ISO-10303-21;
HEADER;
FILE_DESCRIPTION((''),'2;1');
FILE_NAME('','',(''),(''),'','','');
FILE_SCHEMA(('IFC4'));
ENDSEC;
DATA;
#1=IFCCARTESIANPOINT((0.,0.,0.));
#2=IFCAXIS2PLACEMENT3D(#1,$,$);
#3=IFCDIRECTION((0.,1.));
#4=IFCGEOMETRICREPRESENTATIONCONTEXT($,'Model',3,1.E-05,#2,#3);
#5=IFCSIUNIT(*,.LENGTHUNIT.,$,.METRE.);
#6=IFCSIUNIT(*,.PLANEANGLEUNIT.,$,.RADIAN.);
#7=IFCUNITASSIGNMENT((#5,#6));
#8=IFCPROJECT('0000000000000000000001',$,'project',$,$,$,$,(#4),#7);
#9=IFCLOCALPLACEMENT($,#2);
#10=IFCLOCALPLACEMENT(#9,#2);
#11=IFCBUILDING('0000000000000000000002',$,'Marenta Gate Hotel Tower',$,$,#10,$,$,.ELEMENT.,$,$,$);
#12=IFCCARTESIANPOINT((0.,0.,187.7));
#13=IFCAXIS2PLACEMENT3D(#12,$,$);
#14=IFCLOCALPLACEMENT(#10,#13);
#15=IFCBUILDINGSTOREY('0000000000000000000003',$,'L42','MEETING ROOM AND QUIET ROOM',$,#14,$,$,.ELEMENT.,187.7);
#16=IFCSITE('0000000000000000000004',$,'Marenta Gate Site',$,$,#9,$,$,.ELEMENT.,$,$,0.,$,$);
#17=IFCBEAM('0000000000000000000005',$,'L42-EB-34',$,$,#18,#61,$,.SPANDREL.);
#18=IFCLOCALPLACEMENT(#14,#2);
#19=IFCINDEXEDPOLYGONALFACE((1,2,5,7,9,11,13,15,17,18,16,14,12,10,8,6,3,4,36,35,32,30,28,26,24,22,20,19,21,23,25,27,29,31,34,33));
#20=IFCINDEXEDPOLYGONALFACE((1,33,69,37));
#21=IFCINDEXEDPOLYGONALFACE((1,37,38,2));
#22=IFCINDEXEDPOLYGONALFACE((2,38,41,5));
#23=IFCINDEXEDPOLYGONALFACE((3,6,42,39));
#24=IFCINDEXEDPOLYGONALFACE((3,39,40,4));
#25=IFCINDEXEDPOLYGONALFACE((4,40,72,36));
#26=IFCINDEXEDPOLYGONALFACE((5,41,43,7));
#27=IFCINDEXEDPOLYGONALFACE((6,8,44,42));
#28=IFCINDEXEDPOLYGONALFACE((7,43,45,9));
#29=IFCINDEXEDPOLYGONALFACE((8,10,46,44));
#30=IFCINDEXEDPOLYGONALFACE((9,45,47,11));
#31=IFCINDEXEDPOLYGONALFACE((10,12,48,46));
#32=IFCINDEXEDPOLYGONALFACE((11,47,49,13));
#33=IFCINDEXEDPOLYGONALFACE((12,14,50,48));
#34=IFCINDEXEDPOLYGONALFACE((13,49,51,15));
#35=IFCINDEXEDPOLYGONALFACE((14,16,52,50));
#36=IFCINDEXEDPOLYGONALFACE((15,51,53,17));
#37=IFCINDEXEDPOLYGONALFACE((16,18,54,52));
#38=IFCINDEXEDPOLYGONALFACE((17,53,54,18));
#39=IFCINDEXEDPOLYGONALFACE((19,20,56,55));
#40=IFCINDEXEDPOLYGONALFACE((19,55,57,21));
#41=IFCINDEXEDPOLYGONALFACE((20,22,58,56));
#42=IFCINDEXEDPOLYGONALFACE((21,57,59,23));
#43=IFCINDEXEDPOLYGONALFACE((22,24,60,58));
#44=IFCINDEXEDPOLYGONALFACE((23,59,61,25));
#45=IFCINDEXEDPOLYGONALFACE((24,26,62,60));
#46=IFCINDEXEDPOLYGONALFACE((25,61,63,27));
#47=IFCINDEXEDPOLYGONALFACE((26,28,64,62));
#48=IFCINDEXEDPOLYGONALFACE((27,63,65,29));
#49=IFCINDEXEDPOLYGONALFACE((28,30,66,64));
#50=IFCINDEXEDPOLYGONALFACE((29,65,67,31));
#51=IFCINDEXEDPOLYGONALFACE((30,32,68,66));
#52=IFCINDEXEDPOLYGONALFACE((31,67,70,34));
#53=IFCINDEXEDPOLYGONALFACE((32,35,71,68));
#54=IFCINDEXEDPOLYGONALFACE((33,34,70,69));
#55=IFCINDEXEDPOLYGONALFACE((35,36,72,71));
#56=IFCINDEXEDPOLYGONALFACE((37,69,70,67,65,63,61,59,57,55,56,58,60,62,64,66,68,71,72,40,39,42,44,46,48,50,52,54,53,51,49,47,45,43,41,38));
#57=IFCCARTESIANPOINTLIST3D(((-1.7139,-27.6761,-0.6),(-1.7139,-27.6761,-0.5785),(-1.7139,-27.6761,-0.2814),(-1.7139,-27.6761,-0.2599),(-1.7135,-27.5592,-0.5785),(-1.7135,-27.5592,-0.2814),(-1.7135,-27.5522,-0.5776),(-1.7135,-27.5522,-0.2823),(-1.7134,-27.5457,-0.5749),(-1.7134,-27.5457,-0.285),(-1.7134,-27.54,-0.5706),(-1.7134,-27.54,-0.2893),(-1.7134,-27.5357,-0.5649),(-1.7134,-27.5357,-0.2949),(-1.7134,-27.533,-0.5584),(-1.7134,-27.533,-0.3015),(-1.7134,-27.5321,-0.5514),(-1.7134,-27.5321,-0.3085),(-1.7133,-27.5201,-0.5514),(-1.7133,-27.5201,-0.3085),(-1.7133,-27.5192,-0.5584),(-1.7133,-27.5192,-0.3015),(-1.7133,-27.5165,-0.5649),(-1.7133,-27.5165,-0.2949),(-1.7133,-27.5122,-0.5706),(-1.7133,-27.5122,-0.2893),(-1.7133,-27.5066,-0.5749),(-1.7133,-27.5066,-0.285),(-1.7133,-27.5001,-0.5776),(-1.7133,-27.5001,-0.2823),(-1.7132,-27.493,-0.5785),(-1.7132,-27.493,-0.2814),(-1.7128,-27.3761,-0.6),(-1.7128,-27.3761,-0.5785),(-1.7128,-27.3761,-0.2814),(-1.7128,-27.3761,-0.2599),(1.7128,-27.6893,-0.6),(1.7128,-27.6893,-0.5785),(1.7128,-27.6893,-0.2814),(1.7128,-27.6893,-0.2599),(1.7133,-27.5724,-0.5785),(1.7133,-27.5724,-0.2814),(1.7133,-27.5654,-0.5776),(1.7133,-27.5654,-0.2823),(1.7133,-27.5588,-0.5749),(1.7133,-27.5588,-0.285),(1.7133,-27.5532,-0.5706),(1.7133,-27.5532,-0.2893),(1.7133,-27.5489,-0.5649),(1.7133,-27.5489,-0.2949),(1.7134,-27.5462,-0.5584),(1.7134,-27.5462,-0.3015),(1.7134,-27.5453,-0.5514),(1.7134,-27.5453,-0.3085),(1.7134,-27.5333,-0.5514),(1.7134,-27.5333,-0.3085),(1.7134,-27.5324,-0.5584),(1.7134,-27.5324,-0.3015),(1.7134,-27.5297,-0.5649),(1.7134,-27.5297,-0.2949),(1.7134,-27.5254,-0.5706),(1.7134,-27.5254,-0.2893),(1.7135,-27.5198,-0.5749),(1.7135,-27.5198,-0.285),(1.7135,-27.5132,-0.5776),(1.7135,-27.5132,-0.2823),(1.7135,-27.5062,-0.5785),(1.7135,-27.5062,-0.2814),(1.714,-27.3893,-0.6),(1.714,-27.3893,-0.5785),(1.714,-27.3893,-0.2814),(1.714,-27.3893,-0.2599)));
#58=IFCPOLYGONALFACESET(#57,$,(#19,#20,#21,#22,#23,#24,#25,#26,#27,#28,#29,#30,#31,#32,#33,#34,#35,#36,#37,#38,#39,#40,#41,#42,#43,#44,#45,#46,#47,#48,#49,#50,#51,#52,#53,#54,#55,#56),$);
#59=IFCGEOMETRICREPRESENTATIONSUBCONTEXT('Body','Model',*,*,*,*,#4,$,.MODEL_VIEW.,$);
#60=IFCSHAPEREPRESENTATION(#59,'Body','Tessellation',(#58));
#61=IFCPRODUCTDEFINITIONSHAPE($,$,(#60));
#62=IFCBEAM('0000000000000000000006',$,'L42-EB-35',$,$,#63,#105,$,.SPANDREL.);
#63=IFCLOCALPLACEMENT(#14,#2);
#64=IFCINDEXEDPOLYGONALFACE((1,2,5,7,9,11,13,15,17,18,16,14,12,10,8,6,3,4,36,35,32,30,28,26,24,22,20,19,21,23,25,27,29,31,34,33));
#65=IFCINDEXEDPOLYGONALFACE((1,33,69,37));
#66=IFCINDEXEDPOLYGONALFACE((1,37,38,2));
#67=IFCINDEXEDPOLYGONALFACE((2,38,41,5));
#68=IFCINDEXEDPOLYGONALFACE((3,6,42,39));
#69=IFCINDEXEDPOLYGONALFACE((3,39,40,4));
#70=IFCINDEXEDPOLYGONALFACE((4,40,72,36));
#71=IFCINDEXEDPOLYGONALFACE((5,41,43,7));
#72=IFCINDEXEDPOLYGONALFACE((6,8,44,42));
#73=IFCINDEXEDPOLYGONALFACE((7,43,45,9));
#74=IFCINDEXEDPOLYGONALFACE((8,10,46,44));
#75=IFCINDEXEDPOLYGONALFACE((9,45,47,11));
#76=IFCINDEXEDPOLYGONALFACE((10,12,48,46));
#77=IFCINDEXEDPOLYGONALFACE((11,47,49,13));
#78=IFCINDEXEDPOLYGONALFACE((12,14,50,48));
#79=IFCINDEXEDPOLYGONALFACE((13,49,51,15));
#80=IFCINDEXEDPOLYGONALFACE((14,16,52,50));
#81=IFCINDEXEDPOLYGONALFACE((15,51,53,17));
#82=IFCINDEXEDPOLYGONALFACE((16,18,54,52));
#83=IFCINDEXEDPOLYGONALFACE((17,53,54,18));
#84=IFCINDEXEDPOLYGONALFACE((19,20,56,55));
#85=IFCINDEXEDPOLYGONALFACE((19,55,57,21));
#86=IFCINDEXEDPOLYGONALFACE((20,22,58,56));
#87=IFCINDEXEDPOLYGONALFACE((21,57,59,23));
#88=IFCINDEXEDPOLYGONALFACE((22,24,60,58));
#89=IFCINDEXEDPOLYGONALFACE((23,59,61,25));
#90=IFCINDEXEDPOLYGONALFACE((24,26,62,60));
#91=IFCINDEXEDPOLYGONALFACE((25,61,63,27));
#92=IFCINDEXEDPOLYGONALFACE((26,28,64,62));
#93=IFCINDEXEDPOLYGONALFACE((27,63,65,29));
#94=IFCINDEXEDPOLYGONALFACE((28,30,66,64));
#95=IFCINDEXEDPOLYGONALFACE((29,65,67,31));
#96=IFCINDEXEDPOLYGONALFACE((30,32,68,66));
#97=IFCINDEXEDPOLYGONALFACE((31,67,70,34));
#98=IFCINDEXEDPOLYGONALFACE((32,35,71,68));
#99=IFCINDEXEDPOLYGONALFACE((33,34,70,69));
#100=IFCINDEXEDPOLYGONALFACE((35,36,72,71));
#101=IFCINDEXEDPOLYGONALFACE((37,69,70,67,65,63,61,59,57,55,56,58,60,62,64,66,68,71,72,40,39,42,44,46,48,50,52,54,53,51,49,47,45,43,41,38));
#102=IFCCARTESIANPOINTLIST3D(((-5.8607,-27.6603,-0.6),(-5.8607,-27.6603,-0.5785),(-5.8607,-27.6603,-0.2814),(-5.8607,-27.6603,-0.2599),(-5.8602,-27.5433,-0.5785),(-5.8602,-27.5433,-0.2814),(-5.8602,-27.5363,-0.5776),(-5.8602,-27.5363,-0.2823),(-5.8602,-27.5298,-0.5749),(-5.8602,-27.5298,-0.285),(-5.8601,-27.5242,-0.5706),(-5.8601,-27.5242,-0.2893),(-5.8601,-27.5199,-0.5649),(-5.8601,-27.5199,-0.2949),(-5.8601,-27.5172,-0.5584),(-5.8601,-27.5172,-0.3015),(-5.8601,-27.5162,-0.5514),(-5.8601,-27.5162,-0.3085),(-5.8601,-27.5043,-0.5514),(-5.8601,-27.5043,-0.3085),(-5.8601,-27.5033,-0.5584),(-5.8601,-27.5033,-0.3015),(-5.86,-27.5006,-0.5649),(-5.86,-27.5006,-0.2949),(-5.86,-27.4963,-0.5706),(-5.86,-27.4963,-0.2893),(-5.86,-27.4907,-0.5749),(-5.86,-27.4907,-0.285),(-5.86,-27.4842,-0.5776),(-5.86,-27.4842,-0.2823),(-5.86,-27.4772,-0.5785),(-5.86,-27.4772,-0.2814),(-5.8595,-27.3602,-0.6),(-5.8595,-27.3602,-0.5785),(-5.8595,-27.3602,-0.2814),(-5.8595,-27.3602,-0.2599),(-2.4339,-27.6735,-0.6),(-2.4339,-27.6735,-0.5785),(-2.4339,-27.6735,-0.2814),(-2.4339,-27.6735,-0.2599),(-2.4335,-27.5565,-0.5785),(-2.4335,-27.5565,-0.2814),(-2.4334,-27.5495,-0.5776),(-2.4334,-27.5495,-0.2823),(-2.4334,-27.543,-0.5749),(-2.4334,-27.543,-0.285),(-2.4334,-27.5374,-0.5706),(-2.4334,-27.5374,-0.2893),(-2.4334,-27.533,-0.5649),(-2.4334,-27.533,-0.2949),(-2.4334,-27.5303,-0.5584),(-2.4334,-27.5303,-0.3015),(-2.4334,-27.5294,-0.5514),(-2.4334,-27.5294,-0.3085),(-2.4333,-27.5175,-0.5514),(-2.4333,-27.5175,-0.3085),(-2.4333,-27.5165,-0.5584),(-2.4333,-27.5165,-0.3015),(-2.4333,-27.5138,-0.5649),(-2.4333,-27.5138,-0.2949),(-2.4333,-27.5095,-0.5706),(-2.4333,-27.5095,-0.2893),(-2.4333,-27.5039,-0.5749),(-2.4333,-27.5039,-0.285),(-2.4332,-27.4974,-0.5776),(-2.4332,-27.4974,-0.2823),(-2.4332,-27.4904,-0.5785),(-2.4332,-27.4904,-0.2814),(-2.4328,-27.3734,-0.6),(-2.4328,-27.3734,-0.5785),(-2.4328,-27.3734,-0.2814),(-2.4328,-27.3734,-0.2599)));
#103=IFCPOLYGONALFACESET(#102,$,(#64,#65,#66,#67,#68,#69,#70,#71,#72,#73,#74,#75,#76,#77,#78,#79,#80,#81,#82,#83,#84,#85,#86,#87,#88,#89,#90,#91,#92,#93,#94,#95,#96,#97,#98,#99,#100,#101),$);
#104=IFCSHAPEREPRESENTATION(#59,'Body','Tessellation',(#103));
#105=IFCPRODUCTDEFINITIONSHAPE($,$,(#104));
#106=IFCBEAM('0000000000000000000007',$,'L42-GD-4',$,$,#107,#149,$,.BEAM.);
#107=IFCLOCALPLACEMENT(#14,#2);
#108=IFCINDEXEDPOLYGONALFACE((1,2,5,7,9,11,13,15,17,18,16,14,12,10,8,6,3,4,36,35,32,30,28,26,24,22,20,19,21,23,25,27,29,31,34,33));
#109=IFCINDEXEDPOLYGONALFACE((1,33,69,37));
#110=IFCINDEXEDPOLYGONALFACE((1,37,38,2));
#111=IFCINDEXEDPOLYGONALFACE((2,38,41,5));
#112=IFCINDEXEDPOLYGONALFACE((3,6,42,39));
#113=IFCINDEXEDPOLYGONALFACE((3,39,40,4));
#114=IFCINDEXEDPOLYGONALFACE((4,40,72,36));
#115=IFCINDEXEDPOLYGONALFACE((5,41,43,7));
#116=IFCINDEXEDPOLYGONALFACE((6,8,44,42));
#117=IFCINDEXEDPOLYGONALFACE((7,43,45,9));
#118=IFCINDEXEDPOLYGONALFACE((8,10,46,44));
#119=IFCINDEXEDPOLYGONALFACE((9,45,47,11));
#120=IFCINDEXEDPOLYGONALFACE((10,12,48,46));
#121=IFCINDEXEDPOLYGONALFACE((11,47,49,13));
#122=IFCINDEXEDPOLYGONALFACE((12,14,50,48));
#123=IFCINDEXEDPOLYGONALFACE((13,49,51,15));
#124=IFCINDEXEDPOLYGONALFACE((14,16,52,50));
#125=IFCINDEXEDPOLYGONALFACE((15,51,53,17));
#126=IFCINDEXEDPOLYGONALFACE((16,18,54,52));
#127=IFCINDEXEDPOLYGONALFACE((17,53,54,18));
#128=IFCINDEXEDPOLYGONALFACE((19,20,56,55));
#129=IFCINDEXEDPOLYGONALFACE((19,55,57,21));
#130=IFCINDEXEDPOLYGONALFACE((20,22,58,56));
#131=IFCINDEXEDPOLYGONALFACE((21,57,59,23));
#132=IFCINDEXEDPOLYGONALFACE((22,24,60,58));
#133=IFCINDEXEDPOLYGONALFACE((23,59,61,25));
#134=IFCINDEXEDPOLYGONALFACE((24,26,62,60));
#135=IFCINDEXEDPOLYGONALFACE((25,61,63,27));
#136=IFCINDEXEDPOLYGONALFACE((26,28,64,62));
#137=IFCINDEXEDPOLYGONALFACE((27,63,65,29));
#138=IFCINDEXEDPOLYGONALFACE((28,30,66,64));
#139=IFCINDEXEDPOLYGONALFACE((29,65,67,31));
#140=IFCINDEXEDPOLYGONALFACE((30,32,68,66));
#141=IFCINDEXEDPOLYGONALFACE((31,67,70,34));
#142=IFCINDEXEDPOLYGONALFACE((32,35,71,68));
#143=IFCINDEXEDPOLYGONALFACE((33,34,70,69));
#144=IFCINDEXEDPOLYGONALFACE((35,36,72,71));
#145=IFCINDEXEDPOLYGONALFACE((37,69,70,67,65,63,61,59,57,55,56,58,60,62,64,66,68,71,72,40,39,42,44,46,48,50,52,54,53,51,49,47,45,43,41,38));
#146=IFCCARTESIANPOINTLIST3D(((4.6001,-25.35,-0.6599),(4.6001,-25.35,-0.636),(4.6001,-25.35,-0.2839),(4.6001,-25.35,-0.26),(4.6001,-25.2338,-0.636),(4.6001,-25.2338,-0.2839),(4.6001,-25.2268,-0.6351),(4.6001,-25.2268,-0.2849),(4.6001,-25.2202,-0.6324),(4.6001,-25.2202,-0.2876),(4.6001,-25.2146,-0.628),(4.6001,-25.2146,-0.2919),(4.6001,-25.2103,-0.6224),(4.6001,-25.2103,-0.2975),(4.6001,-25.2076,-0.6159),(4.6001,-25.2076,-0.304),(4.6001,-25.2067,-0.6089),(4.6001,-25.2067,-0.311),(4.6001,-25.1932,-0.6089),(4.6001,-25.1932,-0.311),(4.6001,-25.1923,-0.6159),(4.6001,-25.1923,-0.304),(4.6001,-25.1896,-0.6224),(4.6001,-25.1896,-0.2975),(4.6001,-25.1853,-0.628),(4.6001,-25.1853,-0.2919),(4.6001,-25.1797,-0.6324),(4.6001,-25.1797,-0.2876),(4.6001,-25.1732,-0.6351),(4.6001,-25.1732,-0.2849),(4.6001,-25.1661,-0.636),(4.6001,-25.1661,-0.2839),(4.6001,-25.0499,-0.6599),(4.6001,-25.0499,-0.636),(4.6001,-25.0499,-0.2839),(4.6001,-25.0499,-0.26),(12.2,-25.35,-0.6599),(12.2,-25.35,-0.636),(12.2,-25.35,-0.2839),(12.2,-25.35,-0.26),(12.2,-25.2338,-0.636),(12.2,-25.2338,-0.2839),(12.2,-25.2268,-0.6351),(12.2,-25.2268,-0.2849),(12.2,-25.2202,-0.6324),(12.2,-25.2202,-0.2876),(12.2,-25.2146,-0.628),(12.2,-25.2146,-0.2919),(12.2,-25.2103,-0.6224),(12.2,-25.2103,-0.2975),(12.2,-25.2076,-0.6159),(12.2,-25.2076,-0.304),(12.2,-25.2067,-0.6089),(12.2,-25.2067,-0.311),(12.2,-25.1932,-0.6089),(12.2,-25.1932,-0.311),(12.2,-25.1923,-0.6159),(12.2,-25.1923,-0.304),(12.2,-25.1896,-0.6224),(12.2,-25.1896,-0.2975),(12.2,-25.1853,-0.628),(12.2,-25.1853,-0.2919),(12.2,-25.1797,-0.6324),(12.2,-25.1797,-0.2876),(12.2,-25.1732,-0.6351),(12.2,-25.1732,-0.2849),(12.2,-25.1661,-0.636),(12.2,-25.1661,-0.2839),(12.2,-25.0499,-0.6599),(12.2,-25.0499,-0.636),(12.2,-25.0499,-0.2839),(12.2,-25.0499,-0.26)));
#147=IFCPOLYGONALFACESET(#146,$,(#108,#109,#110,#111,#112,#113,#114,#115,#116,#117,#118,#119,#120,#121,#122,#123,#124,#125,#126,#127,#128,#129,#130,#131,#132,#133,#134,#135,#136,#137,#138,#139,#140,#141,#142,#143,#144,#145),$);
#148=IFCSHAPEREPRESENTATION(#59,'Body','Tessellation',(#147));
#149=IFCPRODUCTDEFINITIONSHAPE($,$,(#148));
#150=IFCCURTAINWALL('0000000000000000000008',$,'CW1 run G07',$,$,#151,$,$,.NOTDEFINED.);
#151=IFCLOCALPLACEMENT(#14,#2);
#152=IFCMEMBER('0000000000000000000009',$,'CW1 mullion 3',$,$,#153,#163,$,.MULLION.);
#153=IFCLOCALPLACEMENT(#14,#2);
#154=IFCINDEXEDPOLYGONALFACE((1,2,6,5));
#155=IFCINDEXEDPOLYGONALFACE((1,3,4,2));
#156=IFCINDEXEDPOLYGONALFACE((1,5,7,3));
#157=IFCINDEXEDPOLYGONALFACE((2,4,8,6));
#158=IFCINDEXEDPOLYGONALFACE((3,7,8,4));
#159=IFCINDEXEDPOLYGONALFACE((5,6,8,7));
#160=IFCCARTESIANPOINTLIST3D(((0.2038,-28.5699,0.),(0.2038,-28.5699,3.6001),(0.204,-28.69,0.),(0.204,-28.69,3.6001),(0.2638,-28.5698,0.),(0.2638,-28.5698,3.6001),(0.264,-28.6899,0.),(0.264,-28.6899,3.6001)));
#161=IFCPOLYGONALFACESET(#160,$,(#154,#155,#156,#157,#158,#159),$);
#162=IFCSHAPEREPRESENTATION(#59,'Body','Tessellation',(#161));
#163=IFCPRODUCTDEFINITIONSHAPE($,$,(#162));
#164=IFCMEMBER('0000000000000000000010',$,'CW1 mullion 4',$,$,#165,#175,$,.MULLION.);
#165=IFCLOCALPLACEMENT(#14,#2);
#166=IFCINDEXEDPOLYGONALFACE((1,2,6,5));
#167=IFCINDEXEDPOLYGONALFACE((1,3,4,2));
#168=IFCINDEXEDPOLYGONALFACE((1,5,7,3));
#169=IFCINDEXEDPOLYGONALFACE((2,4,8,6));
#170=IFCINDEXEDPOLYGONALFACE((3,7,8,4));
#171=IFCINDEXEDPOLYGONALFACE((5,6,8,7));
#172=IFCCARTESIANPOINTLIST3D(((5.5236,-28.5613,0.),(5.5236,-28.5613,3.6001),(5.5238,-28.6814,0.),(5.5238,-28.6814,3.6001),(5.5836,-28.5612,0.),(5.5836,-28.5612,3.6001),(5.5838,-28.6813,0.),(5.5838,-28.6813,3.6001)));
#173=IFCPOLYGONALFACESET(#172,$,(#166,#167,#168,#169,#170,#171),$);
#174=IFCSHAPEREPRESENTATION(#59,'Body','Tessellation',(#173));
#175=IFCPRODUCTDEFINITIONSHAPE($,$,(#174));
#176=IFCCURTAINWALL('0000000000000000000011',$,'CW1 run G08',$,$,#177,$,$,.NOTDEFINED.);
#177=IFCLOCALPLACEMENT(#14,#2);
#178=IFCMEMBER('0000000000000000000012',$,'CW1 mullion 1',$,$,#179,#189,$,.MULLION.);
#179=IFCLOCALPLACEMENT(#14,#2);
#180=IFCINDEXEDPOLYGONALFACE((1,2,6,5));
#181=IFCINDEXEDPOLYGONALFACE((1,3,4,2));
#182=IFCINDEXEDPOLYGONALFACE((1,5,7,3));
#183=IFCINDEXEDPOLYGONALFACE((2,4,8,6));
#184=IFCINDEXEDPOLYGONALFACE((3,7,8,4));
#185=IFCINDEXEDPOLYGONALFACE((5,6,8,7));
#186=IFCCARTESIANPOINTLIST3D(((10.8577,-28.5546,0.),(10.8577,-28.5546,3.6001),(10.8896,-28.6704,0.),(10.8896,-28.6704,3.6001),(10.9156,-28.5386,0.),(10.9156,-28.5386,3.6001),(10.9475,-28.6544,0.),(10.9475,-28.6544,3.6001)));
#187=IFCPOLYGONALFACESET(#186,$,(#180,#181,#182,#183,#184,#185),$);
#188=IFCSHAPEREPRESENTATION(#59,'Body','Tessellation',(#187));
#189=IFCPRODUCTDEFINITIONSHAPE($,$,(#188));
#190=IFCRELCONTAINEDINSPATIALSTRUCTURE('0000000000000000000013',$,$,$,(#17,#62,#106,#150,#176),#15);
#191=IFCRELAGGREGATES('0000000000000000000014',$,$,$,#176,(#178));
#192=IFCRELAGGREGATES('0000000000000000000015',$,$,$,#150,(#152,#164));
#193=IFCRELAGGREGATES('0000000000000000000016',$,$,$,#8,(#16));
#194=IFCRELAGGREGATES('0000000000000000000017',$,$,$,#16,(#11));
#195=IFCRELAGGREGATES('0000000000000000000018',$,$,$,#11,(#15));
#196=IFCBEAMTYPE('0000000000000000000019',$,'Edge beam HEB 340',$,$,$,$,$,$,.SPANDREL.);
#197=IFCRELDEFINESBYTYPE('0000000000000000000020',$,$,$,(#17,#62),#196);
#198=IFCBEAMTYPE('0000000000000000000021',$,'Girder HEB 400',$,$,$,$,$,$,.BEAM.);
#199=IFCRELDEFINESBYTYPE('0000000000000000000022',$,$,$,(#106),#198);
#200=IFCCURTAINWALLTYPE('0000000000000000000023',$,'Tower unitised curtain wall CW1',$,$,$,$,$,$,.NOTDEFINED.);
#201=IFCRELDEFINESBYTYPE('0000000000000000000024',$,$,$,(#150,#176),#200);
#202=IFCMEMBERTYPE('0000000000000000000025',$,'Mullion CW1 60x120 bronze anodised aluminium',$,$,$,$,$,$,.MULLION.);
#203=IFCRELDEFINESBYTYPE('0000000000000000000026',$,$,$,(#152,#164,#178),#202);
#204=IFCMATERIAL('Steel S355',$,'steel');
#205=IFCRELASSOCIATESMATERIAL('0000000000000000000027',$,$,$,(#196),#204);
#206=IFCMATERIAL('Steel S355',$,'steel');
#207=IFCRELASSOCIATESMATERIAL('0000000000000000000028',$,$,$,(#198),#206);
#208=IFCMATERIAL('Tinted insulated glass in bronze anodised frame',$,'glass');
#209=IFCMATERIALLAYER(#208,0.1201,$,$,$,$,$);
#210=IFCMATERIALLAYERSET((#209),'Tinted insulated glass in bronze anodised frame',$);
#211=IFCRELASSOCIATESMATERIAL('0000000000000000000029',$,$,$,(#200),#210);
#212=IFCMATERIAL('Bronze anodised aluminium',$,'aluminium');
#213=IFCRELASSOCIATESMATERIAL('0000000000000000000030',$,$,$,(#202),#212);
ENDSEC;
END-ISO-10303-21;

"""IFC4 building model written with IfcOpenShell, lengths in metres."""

from ifc_helpers import new_model, si_unit, direction, frame, origin, origin_2d, place, context, subcontext, project, spatial, rectangle, i_section, extrude, material, layer, layer_set, material_profile, profile_set, type_object, element, aggregate, save


model = new_model("IFC4")

# Units and contexts
model_context = context("Model", 3, precision=1e-05, world=origin(), true_north=direction((0.0, 1.0)))
body_context = subcontext(model_context, "Body", "Model", "MODEL_VIEW")
ifc_project = project(units=[si_unit("LENGTHUNIT", "METRE"), si_unit("PLANEANGLEUNIT", "RADIAN")], contexts=[model_context])

# Site, building, storey
site_placement = place(None, origin())
site = spatial("IfcSite", under=ifc_project, at=site_placement, Name="Marenta Gate Site", CompositionType="ELEMENT", RefElevation=0.0)
building_placement = place(site_placement, origin())
building = spatial("IfcBuilding", under=site, at=building_placement, Name="Marenta Gate Hotel Tower", CompositionType="ELEMENT")
storey_placement = place(building_placement, frame((0.0, 0.0, 187.7)))
storey = spatial("IfcBuildingStorey", under=building, at=storey_placement, Name="L42", Description="MEETING ROOM AND QUIET ROOM", CompositionType="ELEMENT", Elevation=187.7)

# Beams
ifc_material_1 = material(Name="Steel S355", Category="steel")
ifc_material_profile_1 = material_profile(ifc_material_1, i_section(OverallWidth=0.3, OverallDepth=0.3401, WebThickness=0.012, FlangeThickness=0.0215, FilletRadius=0.0271, at=origin_2d()), Name="HEB 340")
ifc_profile_set_1 = profile_set([ifc_material_profile_1], Name="Steel S355")
beam_type_1 = type_object("IfcBeamType", Name="Edge beam HEB 340", PredefinedType="SPANDREL", material=ifc_profile_set_1)
for number, where, z_axis, x_axis, name in (
    (1, (1.7134, -27.5393, -0.4299), (-0.999993, 0.003847, 0.0), (-0.003847, -0.999993, 0.0), "L42-EB-34"),
    (2, (-2.4333, -27.5234, -0.4299), (-0.999993, 0.003847, 0.0), (-0.003847, -0.999993, 0.0), "L42-EB-35"),
):
    element("IfcBeam", number, at=place(storey_placement, frame(where, z_axis=z_axis, x_axis=x_axis)), inside=storey, type_object=beam_type_1, Name=name, PredefinedType="SPANDREL", context=body_context, shape_type="SweptSolid", body=[
        extrude(i_section(OverallWidth=0.3, OverallDepth=0.3401, WebThickness=0.012, FlangeThickness=0.0215, FilletRadius=0.0271, at=origin_2d()), origin(), (0.0, 0.0, 1.0), 3.4268),
    ])
ifc_material_2 = material(Name="Steel S355", Category="steel")
ifc_material_profile_2 = material_profile(ifc_material_2, i_section(OverallWidth=0.3, OverallDepth=0.3999, WebThickness=0.0134, FlangeThickness=0.0239, FilletRadius=0.0271, at=origin_2d()), Name="HEB 400")
ifc_profile_set_2 = profile_set([ifc_material_profile_2], Name="Steel S355")
beam_type_2 = type_object("IfcBeamType", Name="Girder HEB 400", PredefinedType="BEAM", material=ifc_profile_set_2)
beam_1_placement = place(storey_placement, frame((4.6001, -25.2, -0.46), z_axis=(1.0, 0.0, 0.0), x_axis=(0.0, 1.0, 0.0)))
element("IfcBeam", 3, at=beam_1_placement, inside=storey, type_object=beam_type_2, Name="L42-GD-4", PredefinedType="BEAM", context=body_context, shape_type="SweptSolid", body=[
    extrude(i_section(OverallWidth=0.3, OverallDepth=0.3999, WebThickness=0.0134, FlangeThickness=0.0239, FilletRadius=0.0271, at=origin_2d()), origin(), (0.0, 0.0, 1.0), 7.5999),
])

# Curtain wall, members
ifc_material_3 = material(Name="Tinted insulated glass in bronze anodised frame", Category="glass")
ifc_layer_1 = layer(ifc_material_3, 0.1201)
ifc_layer_set_1 = layer_set([ifc_layer_1], Name="Tinted insulated glass in bronze anodised frame")
curtain_wall_type = type_object("IfcCurtainWallType", Name="Tower unitised curtain wall CW1", PredefinedType="NOTDEFINED", material=ifc_layer_set_1)
curtain_wall_1_placement = place(storey_placement, origin())
curtain_wall_1 = element("IfcCurtainWall", 4, at=curtain_wall_1_placement, inside=storey, type_object=curtain_wall_type, Name="CW1 run G07", PredefinedType="NOTDEFINED")
ifc_material_4 = material(Name="Bronze anodised aluminium", Category="aluminium")
ifc_material_profile_3 = material_profile(ifc_material_4, rectangle(XDim=0.1201, YDim=0.0601, at=origin_2d()), Name="Mullion CW1 60x120 bronze anodised aluminium")
ifc_profile_set_3 = profile_set([ifc_material_profile_3], Name="Bronze anodised aluminium")
member_type_1 = type_object("IfcMemberType", Name="Mullion CW1 60x120 bronze anodised aluminium", PredefinedType="MULLION", material=ifc_profile_set_3)
member_1_placement = place(storey_placement, frame((0.2339, -28.6299, 0.0), z_axis=(0.0, 0.0, 1.0), x_axis=(-0.001645, 0.999999, 0.0)))
member_1 = element("IfcMember", 5, at=member_1_placement, type_object=member_type_1, Name="CW1 mullion 3", PredefinedType="MULLION", context=body_context, shape_type="SweptSolid", body=[
    extrude(rectangle(XDim=0.1201, YDim=0.0601, at=origin_2d()), origin(), (0.0, 0.0, 1.0), 3.6001),
])
member_2_placement = place(storey_placement, frame((5.5537, -28.6213, 0.0), z_axis=(0.0, 0.0, 1.0), x_axis=(-0.001645, 0.999999, 0.0)))
member_2 = element("IfcMember", 6, at=member_2_placement, type_object=member_type_1, Name="CW1 mullion 4", PredefinedType="MULLION", context=body_context, shape_type="SweptSolid", body=[
    extrude(rectangle(XDim=0.1201, YDim=0.0601, at=origin_2d()), origin(), (0.0, 0.0, 1.0), 3.6001),
])

# Curtain wall, member
curtain_wall_2_placement = place(storey_placement, origin())
curtain_wall_2 = element("IfcCurtainWall", 7, at=curtain_wall_2_placement, inside=storey, type_object=curtain_wall_type, Name="CW1 run G08", PredefinedType="NOTDEFINED")
member_3_placement = place(storey_placement, frame((10.9026, -28.6045, 0.0), z_axis=(0.0, 0.0, 1.0), x_axis=(-0.265293, 0.964168, 0.0)))
member_3 = element("IfcMember", 8, at=member_3_placement, type_object=member_type_1, Name="CW1 mullion 1", PredefinedType="MULLION", context=body_context, shape_type="SweptSolid", body=[
    extrude(rectangle(XDim=0.1201, YDim=0.0601, at=origin_2d()), origin(), (0.0, 0.0, 1.0), 3.6001),
])

aggregate(curtain_wall_2, [member_3])

aggregate(curtain_wall_1, [member_1, member_2])

save(model, "model.ifc")
